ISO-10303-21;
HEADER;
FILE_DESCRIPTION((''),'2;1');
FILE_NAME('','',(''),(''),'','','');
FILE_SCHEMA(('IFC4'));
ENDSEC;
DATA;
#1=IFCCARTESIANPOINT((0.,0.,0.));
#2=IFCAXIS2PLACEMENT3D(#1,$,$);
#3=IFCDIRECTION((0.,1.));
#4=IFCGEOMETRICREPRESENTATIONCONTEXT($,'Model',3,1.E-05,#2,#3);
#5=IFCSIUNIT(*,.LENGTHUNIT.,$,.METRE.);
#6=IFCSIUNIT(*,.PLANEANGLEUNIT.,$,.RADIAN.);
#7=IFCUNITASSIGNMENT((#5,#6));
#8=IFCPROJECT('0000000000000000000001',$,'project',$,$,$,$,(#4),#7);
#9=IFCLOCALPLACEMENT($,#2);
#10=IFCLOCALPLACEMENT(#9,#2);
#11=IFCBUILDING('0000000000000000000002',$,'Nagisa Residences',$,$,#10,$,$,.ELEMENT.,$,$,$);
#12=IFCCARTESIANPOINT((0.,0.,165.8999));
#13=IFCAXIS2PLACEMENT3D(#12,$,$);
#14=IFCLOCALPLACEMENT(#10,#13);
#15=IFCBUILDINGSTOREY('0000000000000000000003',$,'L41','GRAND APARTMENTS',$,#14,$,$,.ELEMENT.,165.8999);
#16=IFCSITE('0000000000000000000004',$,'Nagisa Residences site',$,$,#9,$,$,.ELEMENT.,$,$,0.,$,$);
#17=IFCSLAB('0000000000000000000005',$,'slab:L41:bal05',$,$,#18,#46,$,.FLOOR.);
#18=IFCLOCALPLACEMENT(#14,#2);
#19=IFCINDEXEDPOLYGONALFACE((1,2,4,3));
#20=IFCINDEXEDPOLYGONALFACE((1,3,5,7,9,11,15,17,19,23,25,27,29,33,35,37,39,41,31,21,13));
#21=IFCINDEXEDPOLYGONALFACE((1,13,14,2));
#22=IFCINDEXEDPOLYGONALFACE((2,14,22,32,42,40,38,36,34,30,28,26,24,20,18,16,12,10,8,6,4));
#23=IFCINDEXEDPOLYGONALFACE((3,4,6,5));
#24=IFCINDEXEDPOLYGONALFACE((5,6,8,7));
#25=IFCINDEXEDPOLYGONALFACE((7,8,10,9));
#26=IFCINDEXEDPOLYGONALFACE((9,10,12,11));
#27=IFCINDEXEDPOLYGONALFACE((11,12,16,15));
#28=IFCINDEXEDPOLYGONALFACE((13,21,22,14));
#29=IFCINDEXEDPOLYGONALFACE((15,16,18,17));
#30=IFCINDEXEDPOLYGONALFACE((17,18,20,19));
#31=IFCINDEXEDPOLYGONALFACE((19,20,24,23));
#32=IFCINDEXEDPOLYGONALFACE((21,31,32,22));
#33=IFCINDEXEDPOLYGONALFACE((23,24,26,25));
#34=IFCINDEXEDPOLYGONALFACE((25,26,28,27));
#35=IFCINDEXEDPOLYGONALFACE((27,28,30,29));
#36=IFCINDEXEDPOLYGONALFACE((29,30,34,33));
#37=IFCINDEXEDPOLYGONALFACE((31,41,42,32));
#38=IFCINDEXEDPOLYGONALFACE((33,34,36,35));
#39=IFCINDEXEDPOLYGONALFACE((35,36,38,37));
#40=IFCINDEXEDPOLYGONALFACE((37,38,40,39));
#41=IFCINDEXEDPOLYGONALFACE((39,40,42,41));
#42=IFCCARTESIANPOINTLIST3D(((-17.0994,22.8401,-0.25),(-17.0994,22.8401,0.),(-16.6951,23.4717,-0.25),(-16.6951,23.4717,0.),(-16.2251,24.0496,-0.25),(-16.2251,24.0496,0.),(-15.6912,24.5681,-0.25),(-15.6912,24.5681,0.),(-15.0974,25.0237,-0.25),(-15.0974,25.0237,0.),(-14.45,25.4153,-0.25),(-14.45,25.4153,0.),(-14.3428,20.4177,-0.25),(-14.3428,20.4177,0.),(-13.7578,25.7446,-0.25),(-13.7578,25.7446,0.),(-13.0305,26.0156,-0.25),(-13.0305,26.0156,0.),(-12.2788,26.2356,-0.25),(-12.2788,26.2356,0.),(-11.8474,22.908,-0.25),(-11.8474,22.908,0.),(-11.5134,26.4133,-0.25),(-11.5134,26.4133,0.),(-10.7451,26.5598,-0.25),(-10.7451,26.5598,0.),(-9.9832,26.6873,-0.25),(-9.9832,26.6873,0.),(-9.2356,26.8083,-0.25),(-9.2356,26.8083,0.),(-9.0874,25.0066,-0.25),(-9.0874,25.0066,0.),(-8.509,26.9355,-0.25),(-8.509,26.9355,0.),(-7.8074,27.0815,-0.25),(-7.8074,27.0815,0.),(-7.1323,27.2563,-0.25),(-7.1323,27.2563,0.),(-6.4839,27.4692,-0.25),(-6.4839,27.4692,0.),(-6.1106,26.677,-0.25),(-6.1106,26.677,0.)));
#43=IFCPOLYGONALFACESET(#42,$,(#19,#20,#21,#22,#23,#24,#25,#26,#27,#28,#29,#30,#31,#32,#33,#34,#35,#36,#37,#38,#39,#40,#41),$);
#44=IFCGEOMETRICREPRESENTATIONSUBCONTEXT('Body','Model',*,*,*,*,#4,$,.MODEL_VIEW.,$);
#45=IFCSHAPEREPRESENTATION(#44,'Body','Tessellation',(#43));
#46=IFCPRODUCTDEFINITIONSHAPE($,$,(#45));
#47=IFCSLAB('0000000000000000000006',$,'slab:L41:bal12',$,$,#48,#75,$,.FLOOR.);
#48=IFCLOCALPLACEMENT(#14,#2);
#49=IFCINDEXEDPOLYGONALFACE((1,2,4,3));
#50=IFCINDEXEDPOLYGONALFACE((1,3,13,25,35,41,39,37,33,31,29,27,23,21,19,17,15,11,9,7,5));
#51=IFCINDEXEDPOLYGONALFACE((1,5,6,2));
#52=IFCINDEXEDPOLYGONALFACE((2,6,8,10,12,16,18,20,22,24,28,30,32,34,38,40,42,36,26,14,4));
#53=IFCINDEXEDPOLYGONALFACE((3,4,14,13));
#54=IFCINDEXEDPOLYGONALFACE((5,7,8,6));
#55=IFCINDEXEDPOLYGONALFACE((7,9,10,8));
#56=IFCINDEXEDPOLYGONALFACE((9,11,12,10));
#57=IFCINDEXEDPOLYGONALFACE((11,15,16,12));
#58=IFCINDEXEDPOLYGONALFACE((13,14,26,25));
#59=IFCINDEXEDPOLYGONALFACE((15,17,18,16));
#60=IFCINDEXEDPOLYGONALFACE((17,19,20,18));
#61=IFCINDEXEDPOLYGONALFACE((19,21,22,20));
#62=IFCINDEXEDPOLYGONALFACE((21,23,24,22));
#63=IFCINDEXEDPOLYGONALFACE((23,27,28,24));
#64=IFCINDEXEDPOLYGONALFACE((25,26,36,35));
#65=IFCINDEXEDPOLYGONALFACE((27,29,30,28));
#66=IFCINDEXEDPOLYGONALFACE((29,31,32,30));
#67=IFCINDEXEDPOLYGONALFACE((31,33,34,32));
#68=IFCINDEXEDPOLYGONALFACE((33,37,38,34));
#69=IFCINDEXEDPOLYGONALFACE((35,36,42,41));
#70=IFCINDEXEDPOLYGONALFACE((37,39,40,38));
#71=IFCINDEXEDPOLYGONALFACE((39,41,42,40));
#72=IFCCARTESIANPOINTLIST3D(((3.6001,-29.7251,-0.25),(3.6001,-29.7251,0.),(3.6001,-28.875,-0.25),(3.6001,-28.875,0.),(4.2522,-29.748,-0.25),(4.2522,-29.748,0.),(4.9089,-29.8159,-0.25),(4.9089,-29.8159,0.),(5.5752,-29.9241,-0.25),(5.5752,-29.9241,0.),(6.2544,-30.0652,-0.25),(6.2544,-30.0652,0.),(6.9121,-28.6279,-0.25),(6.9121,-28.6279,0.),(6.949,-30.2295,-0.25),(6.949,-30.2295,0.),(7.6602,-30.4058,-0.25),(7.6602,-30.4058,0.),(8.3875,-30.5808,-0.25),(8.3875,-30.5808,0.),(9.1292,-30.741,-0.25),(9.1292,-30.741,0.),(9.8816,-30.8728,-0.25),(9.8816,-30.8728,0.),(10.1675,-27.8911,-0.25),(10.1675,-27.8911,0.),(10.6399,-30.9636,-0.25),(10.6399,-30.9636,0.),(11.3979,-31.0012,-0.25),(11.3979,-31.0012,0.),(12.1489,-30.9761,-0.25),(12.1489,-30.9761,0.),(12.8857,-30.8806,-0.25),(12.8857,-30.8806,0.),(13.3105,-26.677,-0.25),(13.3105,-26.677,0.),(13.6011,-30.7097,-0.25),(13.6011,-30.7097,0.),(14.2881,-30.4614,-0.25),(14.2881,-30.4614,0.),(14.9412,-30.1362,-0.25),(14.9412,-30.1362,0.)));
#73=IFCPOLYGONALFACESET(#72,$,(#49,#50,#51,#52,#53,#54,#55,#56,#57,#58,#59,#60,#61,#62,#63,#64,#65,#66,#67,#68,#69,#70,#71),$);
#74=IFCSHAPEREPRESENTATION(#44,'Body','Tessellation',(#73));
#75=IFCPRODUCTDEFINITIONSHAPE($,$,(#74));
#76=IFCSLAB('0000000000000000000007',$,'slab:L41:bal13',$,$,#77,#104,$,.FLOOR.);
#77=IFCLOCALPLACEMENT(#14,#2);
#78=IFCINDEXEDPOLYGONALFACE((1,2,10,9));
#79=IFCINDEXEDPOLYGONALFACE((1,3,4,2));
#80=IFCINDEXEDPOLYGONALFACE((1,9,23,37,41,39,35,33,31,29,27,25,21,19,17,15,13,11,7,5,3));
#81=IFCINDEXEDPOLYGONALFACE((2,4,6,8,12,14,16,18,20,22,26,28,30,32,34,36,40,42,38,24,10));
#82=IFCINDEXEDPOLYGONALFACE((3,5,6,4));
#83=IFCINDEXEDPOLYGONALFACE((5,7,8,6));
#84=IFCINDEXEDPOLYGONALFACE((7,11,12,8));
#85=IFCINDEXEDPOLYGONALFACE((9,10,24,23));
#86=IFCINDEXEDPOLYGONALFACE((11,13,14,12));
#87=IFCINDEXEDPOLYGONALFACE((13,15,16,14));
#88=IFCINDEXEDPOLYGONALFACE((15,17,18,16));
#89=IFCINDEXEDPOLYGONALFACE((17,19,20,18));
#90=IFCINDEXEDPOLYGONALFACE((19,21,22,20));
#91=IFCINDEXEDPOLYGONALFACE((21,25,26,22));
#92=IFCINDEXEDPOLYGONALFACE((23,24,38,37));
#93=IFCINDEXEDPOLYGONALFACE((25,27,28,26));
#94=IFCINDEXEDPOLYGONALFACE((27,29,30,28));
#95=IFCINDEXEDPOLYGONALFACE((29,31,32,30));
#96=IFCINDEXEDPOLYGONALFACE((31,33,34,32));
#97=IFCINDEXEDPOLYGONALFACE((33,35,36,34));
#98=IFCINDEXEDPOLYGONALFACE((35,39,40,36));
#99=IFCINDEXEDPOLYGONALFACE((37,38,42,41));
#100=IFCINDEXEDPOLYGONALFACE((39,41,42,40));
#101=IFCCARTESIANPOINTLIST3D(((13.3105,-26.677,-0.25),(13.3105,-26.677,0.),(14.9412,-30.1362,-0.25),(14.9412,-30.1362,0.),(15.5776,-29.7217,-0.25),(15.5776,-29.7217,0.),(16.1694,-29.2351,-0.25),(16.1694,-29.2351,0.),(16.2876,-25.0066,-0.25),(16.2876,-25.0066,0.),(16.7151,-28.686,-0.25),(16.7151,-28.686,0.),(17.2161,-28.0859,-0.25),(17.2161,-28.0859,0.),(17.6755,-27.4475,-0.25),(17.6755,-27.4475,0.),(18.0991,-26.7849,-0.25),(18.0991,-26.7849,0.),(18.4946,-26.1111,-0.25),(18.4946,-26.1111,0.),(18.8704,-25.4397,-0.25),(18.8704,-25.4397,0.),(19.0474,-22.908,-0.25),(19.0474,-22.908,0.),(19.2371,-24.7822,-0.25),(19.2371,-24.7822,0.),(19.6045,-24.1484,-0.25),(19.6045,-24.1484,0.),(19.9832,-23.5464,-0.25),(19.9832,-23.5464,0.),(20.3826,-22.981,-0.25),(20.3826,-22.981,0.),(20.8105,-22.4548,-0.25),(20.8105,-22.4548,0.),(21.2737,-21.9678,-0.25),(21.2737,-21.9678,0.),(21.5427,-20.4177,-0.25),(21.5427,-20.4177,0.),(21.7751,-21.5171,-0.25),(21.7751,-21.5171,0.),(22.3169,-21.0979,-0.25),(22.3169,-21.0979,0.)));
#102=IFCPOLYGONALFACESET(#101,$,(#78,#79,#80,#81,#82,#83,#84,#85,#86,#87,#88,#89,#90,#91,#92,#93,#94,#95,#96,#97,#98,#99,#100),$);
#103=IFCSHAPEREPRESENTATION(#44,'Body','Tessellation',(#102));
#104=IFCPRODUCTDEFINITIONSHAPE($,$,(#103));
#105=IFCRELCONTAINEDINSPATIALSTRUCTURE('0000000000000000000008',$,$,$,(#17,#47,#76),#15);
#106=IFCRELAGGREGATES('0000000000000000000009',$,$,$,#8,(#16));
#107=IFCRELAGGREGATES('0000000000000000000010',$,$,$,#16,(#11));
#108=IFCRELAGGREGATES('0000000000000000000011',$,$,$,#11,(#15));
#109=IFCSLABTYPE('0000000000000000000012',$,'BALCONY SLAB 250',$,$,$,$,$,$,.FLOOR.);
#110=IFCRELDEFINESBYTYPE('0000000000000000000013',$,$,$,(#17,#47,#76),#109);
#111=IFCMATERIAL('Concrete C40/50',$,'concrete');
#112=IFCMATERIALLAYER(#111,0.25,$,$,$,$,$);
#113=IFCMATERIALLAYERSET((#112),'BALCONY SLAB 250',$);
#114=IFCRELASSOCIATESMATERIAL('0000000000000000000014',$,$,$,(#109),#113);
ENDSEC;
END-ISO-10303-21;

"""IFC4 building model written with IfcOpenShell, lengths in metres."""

from ifc_helpers import new_model, si_unit, direction, frame, origin, place, context, subcontext, project, spatial, polyline, outline, extrude, material, layer, layer_set, type_object, element, save


model = new_model("IFC4")

# Units and contexts
model_context = context("Model", 3, precision=1e-05, world=origin(), true_north=direction((0.0, 1.0)))
body_context = subcontext(model_context, "Body", "Model", "MODEL_VIEW")
ifc_project = project(units=[si_unit("LENGTHUNIT", "METRE"), si_unit("PLANEANGLEUNIT", "RADIAN")], contexts=[model_context])

# Site, building, storey
site_placement = place(None, origin())
site = spatial("IfcSite", under=ifc_project, at=site_placement, Name="Nagisa Residences site", CompositionType="ELEMENT", RefElevation=0.0)
building_placement = place(site_placement, origin())
building = spatial("IfcBuilding", under=site, at=building_placement, Name="Nagisa Residences", CompositionType="ELEMENT")
storey_placement = place(building_placement, frame((0.0, 0.0, 165.8999)))
storey = spatial("IfcBuildingStorey", under=building, at=storey_placement, Name="L41", Description="GRAND APARTMENTS", CompositionType="ELEMENT", Elevation=165.8999)

# Slabs
ifc_material_1 = material(Name="Concrete C40/50", Category="concrete")
ifc_layer_1 = layer(ifc_material_1, 0.25)
ifc_layer_set_1 = layer_set([ifc_layer_1], Name="BALCONY SLAB 250")
slab_type_1 = type_object("IfcSlabType", Name="BALCONY SLAB 250", PredefinedType="FLOOR", material=ifc_layer_set_1)
slab_1_placement = place(storey_placement, frame((0.0, 0.0, -0.25)))
element("IfcSlab", 1, at=slab_1_placement, inside=storey, type_object=slab_type_1, Name="slab:L41:bal05", PredefinedType="FLOOR", context=body_context, shape_type="SweptSolid", body=[
    extrude(outline(polyline([(-6.4839, 27.4692), (-7.1323, 27.2563), (-7.8074, 27.0815), (-8.509, 26.9355), (-9.2356, 26.8083), (-9.9832, 26.6873), (-10.7451, 26.5598), (-11.5134, 26.4133), (-12.2788, 26.2356), (-13.0305, 26.0156), (-13.7578, 25.7446), (-14.45, 25.4153), (-15.0974, 25.0237), (-15.6912, 24.5681), (-16.2251, 24.0496), (-16.6951, 23.4717), (-17.0994, 22.8401), (-14.3428, 20.4177), (-11.8474, 22.908), (-9.0874, 25.0066), (-6.1106, 26.677), (-6.4839, 27.4692)])), origin(), (0.0, 0.0, 1.0), 0.25),
])
slab_2_placement = place(storey_placement, frame((0.0, 0.0, -0.25)))
element("IfcSlab", 2, at=slab_2_placement, inside=storey, type_object=slab_type_1, Name="slab:L41:bal12", PredefinedType="FLOOR", context=body_context, shape_type="SweptSolid", body=[
    extrude(outline(polyline([(3.6001, -29.7251), (4.2522, -29.748), (4.9089, -29.8159), (5.5752, -29.9241), (6.2544, -30.0652), (6.949, -30.2295), (7.6602, -30.4058), (8.3875, -30.5808), (9.1292, -30.741), (9.8816, -30.8728), (10.6399, -30.9636), (11.3979, -31.0012), (12.1489, -30.9761), (12.8857, -30.8806), (13.6011, -30.7097), (14.2881, -30.4614), (14.9412, -30.1362), (13.3105, -26.677), (10.1675, -27.8911), (6.9121, -28.6279), (3.6001, -28.875), (3.6001, -29.7251)])), origin(), (0.0, 0.0, 1.0), 0.25),
])
slab_3_placement = place(storey_placement, frame((0.0, 0.0, -0.25)))
element("IfcSlab", 3, at=slab_3_placement, inside=storey, type_object=slab_type_1, Name="slab:L41:bal13", PredefinedType="FLOOR", context=body_context, shape_type="SweptSolid", body=[
    extrude(outline(polyline([(14.9412, -30.1362), (15.5776, -29.7217), (16.1694, -29.2351), (16.7151, -28.686), (17.2161, -28.0859), (17.6755, -27.4475), (18.0991, -26.7849), (18.4946, -26.1111), (18.8704, -25.4397), (19.2371, -24.7822), (19.6045, -24.1484), (19.9832, -23.5464), (20.3826, -22.981), (20.8105, -22.4548), (21.2737, -21.9678), (21.7751, -21.5171), (22.3169, -21.0979), (21.5427, -20.4177), (19.0474, -22.908), (16.2876, -25.0066), (13.3105, -26.677), (14.9412, -30.1362)])), origin(), (0.0, 0.0, 1.0), 0.25),
])

save(model, "model.ifc")
